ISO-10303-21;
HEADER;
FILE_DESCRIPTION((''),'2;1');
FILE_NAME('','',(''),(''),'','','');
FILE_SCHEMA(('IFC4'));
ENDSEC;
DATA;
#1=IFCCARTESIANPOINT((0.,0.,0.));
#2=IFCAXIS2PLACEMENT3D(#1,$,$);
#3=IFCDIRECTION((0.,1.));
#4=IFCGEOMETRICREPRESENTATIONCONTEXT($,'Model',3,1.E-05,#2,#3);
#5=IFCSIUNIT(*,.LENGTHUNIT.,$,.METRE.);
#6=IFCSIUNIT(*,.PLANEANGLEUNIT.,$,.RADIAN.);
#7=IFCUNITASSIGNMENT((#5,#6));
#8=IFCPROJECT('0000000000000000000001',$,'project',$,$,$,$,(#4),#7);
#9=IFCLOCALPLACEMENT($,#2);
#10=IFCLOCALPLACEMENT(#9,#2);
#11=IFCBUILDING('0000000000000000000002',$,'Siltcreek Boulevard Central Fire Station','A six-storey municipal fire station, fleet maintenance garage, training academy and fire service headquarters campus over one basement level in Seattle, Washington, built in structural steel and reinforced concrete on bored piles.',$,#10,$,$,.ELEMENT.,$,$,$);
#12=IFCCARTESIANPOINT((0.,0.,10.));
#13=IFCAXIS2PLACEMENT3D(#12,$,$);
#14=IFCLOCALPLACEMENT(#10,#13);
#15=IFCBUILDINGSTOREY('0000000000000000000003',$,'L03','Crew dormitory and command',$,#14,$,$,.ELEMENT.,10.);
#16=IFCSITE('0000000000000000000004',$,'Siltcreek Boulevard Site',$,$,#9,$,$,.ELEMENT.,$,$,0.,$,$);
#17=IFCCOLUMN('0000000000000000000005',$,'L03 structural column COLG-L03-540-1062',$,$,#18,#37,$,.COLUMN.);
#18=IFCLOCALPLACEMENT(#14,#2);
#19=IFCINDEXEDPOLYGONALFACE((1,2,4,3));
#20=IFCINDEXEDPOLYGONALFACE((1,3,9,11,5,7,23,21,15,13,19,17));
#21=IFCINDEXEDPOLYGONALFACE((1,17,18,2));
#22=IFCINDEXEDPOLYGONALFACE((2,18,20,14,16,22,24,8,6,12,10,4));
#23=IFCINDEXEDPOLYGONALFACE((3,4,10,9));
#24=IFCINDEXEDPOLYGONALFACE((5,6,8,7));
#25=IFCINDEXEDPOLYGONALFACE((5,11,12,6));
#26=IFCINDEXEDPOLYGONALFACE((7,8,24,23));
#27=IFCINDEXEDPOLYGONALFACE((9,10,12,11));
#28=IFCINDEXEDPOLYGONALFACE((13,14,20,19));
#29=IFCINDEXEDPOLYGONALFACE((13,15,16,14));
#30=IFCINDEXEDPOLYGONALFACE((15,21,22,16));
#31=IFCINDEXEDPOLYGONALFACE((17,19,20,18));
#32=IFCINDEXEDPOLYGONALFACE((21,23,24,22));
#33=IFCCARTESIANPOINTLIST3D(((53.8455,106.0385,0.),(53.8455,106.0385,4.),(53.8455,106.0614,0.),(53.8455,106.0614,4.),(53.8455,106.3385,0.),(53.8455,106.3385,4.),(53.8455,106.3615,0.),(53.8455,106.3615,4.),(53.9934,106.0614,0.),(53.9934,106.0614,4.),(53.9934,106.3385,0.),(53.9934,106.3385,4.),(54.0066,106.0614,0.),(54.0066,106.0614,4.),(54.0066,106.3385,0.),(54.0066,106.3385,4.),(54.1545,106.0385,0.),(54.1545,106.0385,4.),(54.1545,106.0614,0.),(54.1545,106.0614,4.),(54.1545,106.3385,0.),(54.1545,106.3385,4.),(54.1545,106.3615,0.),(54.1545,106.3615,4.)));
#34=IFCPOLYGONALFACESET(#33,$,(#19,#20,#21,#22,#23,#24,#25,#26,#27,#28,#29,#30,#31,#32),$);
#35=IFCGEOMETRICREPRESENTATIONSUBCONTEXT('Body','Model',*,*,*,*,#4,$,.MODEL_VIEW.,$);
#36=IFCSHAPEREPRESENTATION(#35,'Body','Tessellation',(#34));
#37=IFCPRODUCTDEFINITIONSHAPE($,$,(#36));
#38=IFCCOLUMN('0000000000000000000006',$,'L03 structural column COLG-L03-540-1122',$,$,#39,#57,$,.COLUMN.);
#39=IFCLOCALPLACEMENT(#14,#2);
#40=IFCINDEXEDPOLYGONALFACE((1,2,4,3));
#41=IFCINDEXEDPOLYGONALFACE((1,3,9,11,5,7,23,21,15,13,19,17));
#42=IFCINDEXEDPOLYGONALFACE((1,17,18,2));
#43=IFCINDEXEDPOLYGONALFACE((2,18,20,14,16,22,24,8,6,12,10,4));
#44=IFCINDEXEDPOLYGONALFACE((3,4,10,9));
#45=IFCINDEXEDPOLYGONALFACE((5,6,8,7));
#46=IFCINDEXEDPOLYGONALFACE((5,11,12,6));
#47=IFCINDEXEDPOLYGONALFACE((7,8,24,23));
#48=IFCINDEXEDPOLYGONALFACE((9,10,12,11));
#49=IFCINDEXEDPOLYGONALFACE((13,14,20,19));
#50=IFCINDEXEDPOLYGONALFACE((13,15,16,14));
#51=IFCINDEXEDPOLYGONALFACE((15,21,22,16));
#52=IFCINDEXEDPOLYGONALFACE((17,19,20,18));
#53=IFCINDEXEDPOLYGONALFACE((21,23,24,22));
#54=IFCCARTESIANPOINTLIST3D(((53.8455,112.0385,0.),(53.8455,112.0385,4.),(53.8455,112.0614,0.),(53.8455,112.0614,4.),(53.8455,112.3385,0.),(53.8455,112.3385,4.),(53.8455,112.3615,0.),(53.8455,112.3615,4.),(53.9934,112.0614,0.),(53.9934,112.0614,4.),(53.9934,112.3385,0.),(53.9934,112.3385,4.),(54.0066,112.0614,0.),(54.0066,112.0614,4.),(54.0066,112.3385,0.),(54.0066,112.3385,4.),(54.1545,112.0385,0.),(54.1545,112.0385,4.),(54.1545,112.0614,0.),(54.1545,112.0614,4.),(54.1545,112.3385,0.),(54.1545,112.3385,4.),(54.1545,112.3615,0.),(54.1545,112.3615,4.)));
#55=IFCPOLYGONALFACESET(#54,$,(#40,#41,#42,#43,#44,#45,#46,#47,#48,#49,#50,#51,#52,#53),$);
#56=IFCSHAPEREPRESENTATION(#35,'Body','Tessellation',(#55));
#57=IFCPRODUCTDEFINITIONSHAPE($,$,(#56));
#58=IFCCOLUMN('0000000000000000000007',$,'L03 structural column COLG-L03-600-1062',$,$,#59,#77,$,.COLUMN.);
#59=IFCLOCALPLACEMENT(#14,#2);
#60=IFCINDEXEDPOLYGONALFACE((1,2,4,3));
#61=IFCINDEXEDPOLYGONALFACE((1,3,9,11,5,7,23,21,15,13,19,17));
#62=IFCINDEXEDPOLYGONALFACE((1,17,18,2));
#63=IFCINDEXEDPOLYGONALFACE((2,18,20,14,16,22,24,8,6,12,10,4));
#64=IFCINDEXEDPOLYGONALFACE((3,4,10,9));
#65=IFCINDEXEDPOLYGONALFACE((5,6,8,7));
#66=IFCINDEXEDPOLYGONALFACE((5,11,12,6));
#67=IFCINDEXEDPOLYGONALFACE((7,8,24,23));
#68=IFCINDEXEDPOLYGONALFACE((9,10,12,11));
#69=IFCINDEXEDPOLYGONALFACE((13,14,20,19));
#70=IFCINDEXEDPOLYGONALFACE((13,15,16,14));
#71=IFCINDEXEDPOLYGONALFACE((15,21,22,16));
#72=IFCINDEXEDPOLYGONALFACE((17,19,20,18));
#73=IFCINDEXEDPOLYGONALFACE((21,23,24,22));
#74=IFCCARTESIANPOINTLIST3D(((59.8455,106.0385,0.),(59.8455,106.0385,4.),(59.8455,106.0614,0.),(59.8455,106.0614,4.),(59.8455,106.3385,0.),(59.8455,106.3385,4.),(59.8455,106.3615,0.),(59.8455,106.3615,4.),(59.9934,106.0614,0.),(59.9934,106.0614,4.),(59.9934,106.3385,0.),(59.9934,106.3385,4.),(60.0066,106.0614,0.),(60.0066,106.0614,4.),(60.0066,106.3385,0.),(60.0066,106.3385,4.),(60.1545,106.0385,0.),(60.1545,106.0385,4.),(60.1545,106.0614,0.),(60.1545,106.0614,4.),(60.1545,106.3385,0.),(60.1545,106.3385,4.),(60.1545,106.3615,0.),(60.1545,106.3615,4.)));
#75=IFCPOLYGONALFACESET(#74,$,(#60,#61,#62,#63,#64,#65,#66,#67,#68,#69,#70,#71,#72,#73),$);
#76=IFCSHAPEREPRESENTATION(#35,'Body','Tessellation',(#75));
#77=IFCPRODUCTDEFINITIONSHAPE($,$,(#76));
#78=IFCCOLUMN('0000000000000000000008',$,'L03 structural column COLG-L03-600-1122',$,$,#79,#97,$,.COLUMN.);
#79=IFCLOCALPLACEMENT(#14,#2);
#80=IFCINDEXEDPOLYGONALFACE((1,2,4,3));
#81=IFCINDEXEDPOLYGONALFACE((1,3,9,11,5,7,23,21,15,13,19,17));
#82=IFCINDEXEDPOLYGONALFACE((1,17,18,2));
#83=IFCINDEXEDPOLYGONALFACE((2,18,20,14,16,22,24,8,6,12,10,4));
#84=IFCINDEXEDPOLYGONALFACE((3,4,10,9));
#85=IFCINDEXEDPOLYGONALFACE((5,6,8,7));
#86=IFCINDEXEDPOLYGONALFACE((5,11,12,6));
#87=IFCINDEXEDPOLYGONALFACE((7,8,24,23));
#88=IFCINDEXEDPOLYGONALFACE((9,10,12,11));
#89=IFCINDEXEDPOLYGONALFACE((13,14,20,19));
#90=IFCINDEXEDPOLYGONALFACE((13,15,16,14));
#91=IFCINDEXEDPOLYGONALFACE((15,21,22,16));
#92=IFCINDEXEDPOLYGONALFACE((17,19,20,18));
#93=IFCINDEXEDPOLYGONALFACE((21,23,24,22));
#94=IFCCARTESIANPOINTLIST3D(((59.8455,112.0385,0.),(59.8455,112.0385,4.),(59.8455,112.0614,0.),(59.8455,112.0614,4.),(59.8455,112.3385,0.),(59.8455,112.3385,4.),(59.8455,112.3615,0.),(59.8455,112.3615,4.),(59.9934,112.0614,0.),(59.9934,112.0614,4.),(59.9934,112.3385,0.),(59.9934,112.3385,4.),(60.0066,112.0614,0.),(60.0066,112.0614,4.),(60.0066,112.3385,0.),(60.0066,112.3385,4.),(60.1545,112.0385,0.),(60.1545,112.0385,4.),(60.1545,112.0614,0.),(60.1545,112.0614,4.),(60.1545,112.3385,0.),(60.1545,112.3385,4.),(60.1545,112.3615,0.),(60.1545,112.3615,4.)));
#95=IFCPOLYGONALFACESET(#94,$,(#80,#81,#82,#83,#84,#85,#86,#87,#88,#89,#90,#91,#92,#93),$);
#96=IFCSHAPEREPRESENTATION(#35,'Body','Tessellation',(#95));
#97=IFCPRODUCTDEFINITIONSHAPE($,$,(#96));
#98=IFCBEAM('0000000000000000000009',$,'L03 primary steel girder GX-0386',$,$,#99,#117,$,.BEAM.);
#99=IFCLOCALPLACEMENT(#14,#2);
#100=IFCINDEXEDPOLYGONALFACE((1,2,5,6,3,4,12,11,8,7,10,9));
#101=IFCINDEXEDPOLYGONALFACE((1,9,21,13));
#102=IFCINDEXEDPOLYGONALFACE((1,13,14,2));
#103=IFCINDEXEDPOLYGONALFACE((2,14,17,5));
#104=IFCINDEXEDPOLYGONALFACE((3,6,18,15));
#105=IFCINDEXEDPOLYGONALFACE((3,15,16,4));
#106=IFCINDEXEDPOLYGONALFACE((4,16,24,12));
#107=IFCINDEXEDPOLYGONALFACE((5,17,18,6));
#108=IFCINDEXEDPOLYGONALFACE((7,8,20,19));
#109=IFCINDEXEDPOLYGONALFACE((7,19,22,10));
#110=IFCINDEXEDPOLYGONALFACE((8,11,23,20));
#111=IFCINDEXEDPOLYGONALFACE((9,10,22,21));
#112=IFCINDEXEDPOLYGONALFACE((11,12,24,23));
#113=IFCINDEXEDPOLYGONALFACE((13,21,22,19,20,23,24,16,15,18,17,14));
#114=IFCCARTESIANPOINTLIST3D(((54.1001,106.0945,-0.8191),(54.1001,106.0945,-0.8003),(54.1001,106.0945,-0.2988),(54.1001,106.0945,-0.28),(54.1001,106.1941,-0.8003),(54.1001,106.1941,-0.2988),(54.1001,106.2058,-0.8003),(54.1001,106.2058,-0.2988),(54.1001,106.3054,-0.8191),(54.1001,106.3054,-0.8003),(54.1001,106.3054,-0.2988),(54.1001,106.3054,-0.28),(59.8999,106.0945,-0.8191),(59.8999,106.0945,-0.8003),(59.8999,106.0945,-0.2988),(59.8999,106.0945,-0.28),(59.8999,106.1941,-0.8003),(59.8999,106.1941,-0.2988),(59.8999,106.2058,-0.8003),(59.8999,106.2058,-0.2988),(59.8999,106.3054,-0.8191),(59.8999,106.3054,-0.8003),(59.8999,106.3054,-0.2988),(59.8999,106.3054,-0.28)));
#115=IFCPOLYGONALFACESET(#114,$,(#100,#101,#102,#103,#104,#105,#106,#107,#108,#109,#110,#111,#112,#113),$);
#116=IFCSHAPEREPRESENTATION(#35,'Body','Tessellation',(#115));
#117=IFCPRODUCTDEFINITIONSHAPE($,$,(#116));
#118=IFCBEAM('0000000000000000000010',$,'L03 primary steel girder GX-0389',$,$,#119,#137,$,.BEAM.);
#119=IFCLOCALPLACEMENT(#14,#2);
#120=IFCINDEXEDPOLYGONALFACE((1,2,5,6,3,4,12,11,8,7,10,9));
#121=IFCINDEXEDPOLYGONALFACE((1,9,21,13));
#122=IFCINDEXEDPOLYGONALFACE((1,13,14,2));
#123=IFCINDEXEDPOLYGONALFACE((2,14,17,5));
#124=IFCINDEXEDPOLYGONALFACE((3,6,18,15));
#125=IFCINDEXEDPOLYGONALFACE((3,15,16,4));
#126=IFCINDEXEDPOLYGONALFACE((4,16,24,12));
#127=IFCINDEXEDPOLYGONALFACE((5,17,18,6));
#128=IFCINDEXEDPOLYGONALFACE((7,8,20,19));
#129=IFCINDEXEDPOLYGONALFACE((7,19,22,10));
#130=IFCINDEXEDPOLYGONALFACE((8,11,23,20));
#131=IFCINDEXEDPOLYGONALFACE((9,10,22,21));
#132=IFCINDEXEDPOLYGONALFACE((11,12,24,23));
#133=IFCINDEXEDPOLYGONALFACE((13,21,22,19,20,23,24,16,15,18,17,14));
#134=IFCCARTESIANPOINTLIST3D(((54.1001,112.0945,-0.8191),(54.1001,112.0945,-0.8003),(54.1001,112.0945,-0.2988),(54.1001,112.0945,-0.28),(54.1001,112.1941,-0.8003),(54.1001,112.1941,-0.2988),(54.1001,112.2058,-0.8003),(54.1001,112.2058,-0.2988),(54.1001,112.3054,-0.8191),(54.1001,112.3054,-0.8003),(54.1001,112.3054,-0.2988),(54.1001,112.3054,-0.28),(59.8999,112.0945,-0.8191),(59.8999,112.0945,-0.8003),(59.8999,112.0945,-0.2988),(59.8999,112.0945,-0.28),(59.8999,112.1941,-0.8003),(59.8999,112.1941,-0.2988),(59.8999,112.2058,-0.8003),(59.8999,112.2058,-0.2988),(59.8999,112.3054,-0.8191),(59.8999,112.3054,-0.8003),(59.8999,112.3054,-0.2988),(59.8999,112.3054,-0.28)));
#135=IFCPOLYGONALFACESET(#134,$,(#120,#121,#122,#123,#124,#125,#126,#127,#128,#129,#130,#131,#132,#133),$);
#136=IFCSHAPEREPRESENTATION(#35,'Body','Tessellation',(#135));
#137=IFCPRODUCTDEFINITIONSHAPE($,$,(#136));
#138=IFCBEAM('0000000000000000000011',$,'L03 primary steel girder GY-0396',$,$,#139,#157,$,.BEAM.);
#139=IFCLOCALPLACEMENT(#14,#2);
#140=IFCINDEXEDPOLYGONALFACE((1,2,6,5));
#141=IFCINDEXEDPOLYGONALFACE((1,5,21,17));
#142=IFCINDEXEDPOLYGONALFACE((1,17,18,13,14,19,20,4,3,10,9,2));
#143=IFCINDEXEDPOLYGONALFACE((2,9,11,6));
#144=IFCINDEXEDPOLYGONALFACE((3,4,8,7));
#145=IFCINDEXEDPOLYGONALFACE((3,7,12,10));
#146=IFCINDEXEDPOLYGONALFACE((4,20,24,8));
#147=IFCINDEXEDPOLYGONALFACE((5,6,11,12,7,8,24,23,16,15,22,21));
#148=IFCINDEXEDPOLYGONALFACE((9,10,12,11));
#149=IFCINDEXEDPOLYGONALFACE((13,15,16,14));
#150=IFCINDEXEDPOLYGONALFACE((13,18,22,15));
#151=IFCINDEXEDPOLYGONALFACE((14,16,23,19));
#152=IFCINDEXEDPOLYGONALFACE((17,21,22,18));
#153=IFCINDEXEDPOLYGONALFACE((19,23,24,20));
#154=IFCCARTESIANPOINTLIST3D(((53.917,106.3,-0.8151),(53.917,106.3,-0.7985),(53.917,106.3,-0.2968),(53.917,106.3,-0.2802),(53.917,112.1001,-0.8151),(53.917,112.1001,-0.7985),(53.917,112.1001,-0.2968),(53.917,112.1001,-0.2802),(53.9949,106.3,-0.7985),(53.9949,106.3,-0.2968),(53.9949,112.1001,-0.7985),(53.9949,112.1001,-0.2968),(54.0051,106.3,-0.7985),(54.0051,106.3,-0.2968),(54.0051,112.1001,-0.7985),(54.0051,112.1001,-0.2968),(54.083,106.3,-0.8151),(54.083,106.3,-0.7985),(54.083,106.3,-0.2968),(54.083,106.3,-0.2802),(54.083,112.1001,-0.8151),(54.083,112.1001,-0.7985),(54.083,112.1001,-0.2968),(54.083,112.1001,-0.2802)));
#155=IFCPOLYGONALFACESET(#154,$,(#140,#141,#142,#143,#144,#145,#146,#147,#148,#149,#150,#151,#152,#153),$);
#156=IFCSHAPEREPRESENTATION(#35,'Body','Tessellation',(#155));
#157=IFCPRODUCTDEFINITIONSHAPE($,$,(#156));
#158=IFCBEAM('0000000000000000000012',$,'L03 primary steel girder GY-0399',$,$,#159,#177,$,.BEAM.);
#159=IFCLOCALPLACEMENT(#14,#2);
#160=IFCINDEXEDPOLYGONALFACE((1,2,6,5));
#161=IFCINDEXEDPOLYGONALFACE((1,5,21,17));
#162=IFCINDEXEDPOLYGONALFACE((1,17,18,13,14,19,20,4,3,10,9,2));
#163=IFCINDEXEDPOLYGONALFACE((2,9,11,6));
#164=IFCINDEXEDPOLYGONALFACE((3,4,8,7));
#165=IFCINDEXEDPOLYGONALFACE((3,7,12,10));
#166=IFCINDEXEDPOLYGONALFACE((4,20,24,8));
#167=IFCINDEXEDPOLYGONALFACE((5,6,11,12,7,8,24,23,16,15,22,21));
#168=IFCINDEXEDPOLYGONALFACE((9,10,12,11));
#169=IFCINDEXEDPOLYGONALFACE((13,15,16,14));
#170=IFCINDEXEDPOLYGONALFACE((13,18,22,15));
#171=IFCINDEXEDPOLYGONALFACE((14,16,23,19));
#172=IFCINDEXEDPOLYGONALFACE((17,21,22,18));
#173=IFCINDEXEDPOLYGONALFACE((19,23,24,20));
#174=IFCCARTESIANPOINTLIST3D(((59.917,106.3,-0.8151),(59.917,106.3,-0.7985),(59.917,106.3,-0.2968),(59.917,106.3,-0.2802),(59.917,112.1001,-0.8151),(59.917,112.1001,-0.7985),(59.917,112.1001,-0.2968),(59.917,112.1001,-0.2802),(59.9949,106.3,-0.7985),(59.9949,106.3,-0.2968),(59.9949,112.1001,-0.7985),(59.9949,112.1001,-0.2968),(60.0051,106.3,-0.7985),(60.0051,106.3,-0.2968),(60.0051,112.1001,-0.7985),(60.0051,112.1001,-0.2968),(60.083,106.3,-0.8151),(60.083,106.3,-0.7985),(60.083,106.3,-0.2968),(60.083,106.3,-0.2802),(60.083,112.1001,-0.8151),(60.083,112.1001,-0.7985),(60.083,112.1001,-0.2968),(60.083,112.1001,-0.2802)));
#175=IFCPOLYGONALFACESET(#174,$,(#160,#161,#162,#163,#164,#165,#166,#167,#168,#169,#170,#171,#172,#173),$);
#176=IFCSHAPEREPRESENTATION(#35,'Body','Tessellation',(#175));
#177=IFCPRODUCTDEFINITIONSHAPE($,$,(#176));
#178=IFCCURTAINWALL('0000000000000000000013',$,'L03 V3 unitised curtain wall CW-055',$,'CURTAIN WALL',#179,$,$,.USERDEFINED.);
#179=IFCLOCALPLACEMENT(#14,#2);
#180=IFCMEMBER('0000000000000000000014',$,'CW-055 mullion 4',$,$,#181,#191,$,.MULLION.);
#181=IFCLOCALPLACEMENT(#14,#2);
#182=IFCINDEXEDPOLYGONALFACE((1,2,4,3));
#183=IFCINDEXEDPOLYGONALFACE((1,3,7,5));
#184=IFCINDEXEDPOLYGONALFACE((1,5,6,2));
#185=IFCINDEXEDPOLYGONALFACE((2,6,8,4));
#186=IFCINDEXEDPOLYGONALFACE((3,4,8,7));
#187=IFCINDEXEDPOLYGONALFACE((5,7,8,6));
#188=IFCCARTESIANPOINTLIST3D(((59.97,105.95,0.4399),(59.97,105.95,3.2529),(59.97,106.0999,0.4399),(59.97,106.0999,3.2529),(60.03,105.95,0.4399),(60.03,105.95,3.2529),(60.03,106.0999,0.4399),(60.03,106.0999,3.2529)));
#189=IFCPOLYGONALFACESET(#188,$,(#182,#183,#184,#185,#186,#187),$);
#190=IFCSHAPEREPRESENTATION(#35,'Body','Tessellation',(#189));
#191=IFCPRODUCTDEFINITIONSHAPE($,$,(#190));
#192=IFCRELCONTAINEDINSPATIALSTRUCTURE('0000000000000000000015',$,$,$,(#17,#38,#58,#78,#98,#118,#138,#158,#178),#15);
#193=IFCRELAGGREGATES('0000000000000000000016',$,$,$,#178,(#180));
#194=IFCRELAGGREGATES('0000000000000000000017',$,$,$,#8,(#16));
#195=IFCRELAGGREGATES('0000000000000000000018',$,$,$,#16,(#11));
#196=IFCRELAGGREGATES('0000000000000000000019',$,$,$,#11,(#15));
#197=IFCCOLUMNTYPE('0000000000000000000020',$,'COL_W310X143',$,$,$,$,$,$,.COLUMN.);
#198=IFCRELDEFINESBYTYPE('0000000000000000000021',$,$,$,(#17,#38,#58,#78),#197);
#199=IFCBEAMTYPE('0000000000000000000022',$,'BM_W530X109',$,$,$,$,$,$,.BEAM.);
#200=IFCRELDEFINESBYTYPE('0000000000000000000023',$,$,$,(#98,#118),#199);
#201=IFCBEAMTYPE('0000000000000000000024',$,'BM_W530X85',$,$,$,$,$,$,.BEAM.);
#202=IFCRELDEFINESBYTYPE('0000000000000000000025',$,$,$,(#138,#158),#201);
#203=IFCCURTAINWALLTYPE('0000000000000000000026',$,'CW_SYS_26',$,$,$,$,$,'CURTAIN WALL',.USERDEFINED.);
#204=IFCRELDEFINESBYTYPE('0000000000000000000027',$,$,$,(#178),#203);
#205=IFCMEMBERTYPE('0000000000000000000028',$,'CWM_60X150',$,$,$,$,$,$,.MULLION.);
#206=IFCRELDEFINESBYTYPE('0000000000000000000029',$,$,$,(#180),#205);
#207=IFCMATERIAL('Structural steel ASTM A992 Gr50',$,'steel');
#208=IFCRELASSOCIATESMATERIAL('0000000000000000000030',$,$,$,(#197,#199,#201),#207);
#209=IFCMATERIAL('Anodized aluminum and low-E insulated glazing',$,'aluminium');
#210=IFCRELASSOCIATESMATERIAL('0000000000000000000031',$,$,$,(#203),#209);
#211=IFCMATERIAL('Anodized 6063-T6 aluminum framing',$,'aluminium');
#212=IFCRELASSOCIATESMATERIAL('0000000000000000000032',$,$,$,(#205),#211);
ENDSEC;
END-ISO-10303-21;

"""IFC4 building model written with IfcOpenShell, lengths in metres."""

from ifc_helpers import new_model, si_unit, direction, frame, origin, origin_2d, place, context, subcontext, project, spatial, rectangle, i_section, extrude, material, material_profile, profile_set, type_object, element, aggregate, save


model = new_model("IFC4")

# Units and contexts
model_context = context("Model", 3, precision=1e-05, world=origin(), true_north=direction((0.0, 1.0)))
body_context = subcontext(model_context, "Body", "Model", "MODEL_VIEW")
ifc_project = project(units=[si_unit("LENGTHUNIT", "METRE"), si_unit("PLANEANGLEUNIT", "RADIAN")], contexts=[model_context])

# Site, building, storey
site_placement = place(None, origin())
site = spatial("IfcSite", under=ifc_project, at=site_placement, Name="Siltcreek Boulevard Site", CompositionType="ELEMENT", RefElevation=0.0)
building_placement = place(site_placement, origin())
building = spatial("IfcBuilding", under=site, at=building_placement, Name="Siltcreek Boulevard Central Fire Station", Description="A six-storey municipal fire station, fleet maintenance garage, training academy and fire service headquarters campus over one basement level in Seattle, Washington, built in structural steel and reinforced concrete on bored piles.", CompositionType="ELEMENT")
storey_placement = place(building_placement, frame((0.0, 0.0, 10.0)))
storey = spatial("IfcBuildingStorey", under=building, at=storey_placement, Name="L03", Description="Crew dormitory and command", CompositionType="ELEMENT", Elevation=10.0)

# Columns
ifc_material_1 = material(Name="Structural steel ASTM A992 Gr50", Category="steel")
ifc_material_profile_1 = material_profile(ifc_material_1, i_section(OverallWidth=0.3091, OverallDepth=0.323, WebThickness=0.0132, FlangeThickness=0.0229, at=origin_2d()), Name="W310X143")
ifc_profile_set_1 = profile_set([ifc_material_profile_1], Name="Structural steel ASTM A992 Gr50")
column_type = type_object("IfcColumnType", Name="COL_W310X143", PredefinedType="COLUMN", material=ifc_profile_set_1)
for number, where, z_axis, x_axis, name in (
    (1, (54.0, 106.2, 0.0), (0.0, 0.0, 1.0), (1.0, 0.0, 0.0), "L03 structural column COLG-L03-540-1062"),
    (2, (54.0, 112.2, 0.0), (0.0, 0.0, 1.0), (1.0, 0.0, 0.0), "L03 structural column COLG-L03-540-1122"),
    (3, (60.0, 106.2, 0.0), (0.0, 0.0, 1.0), (1.0, 0.0, 0.0), "L03 structural column COLG-L03-600-1062"),
    (4, (60.0, 112.2, 0.0), (0.0, 0.0, 1.0), (1.0, 0.0, 0.0), "L03 structural column COLG-L03-600-1122"),
):
    element("IfcColumn", number, at=place(storey_placement, frame(where, z_axis=z_axis, x_axis=x_axis)), inside=storey, type_object=column_type, Name=name, PredefinedType="COLUMN", context=body_context, shape_type="SweptSolid", body=[
        extrude(i_section(OverallWidth=0.3091, OverallDepth=0.323, WebThickness=0.0132, FlangeThickness=0.0229, at=origin_2d()), origin(), (0.0, 0.0, 1.0), 4.0),
    ])

# Beams
ifc_material_profile_2 = material_profile(ifc_material_1, i_section(OverallWidth=0.2109, OverallDepth=0.5391, WebThickness=0.0117, FlangeThickness=0.0188, at=origin_2d()), Name="W530X109")
ifc_profile_set_2 = profile_set([ifc_material_profile_2], Name="Structural steel ASTM A992 Gr50")
beam_type_1 = type_object("IfcBeamType", Name="BM_W530X109", PredefinedType="BEAM", material=ifc_profile_set_2)
for number, where, z_axis, x_axis, name in (
    (5, (54.1001, 106.2, -0.5496), (1.0, 0.0, 0.0), (0.0, 1.0, 0.0), "L03 primary steel girder GX-0386"),
    (6, (54.1001, 112.2, -0.5496), (1.0, 0.0, 0.0), (0.0, 1.0, 0.0), "L03 primary steel girder GX-0389"),
):
    element("IfcBeam", number, at=place(storey_placement, frame(where, z_axis=z_axis, x_axis=x_axis)), inside=storey, type_object=beam_type_1, Name=name, PredefinedType="BEAM", context=body_context, shape_type="SweptSolid", body=[
        extrude(i_section(OverallWidth=0.2109, OverallDepth=0.5391, WebThickness=0.0117, FlangeThickness=0.0188, at=origin_2d()), origin(), (0.0, 0.0, 1.0), 5.7998),
    ])
ifc_material_profile_3 = material_profile(ifc_material_1, i_section(OverallWidth=0.166, OverallDepth=0.5349, WebThickness=0.0103, FlangeThickness=0.0166, at=origin_2d()), Name="W530X85")
ifc_profile_set_3 = profile_set([ifc_material_profile_3], Name="Structural steel ASTM A992 Gr50")
beam_type_2 = type_object("IfcBeamType", Name="BM_W530X85", PredefinedType="BEAM", material=ifc_profile_set_3)
for number, where, z_axis, x_axis, name in (
    (7, (54.0, 106.3, -0.5476), (0.0, 1.0, 0.0), (-1.0, 0.0, 0.0), "L03 primary steel girder GY-0396"),
    (8, (60.0, 106.3, -0.5476), (0.0, 1.0, 0.0), (-1.0, 0.0, 0.0), "L03 primary steel girder GY-0399"),
):
    element("IfcBeam", number, at=place(storey_placement, frame(where, z_axis=z_axis, x_axis=x_axis)), inside=storey, type_object=beam_type_2, Name=name, PredefinedType="BEAM", context=body_context, shape_type="SweptSolid", body=[
        extrude(i_section(OverallWidth=0.166, OverallDepth=0.5349, WebThickness=0.0103, FlangeThickness=0.0166, at=origin_2d()), origin(), (0.0, 0.0, 1.0), 5.8),
    ])

# Curtain wall, member
ifc_material_2 = material(Name="Anodized aluminum and low-E insulated glazing", Category="aluminium")
curtain_wall_type = type_object("IfcCurtainWallType", Name="CW_SYS_26", ElementType="CURTAIN WALL", PredefinedType="USERDEFINED", material=ifc_material_2)
curtain_wall_placement = place(storey_placement, origin())
curtain_wall = element("IfcCurtainWall", 9, at=curtain_wall_placement, inside=storey, type_object=curtain_wall_type, Name="L03 V3 unitised curtain wall CW-055", ObjectType="CURTAIN WALL", PredefinedType="USERDEFINED")
ifc_material_3 = material(Name="Anodized 6063-T6 aluminum framing", Category="aluminium")
ifc_material_profile_4 = material_profile(ifc_material_3, rectangle(XDim=0.0601, YDim=0.1499, at=origin_2d()), Name="MULL60X150")
ifc_profile_set_4 = profile_set([ifc_material_profile_4], Name="Anodized 6063-T6 aluminum framing")
member_type = type_object("IfcMemberType", Name="CWM_60X150", PredefinedType="MULLION", material=ifc_profile_set_4)
member_placement = place(storey_placement, frame((60.0, 106.0249, 0.4399), z_axis=(0.0, 0.0, 1.0), x_axis=(-1.0, 0.0, 0.0)))
member = element("IfcMember", 10, at=member_placement, type_object=member_type, Name="CW-055 mullion 4", PredefinedType="MULLION", context=body_context, shape_type="SweptSolid", body=[
    extrude(rectangle(XDim=0.0601, YDim=0.1499, at=origin_2d()), origin(), (0.0, 0.0, 1.0), 2.813),
])
aggregate(curtain_wall, [member])

save(model, "model.ifc")
